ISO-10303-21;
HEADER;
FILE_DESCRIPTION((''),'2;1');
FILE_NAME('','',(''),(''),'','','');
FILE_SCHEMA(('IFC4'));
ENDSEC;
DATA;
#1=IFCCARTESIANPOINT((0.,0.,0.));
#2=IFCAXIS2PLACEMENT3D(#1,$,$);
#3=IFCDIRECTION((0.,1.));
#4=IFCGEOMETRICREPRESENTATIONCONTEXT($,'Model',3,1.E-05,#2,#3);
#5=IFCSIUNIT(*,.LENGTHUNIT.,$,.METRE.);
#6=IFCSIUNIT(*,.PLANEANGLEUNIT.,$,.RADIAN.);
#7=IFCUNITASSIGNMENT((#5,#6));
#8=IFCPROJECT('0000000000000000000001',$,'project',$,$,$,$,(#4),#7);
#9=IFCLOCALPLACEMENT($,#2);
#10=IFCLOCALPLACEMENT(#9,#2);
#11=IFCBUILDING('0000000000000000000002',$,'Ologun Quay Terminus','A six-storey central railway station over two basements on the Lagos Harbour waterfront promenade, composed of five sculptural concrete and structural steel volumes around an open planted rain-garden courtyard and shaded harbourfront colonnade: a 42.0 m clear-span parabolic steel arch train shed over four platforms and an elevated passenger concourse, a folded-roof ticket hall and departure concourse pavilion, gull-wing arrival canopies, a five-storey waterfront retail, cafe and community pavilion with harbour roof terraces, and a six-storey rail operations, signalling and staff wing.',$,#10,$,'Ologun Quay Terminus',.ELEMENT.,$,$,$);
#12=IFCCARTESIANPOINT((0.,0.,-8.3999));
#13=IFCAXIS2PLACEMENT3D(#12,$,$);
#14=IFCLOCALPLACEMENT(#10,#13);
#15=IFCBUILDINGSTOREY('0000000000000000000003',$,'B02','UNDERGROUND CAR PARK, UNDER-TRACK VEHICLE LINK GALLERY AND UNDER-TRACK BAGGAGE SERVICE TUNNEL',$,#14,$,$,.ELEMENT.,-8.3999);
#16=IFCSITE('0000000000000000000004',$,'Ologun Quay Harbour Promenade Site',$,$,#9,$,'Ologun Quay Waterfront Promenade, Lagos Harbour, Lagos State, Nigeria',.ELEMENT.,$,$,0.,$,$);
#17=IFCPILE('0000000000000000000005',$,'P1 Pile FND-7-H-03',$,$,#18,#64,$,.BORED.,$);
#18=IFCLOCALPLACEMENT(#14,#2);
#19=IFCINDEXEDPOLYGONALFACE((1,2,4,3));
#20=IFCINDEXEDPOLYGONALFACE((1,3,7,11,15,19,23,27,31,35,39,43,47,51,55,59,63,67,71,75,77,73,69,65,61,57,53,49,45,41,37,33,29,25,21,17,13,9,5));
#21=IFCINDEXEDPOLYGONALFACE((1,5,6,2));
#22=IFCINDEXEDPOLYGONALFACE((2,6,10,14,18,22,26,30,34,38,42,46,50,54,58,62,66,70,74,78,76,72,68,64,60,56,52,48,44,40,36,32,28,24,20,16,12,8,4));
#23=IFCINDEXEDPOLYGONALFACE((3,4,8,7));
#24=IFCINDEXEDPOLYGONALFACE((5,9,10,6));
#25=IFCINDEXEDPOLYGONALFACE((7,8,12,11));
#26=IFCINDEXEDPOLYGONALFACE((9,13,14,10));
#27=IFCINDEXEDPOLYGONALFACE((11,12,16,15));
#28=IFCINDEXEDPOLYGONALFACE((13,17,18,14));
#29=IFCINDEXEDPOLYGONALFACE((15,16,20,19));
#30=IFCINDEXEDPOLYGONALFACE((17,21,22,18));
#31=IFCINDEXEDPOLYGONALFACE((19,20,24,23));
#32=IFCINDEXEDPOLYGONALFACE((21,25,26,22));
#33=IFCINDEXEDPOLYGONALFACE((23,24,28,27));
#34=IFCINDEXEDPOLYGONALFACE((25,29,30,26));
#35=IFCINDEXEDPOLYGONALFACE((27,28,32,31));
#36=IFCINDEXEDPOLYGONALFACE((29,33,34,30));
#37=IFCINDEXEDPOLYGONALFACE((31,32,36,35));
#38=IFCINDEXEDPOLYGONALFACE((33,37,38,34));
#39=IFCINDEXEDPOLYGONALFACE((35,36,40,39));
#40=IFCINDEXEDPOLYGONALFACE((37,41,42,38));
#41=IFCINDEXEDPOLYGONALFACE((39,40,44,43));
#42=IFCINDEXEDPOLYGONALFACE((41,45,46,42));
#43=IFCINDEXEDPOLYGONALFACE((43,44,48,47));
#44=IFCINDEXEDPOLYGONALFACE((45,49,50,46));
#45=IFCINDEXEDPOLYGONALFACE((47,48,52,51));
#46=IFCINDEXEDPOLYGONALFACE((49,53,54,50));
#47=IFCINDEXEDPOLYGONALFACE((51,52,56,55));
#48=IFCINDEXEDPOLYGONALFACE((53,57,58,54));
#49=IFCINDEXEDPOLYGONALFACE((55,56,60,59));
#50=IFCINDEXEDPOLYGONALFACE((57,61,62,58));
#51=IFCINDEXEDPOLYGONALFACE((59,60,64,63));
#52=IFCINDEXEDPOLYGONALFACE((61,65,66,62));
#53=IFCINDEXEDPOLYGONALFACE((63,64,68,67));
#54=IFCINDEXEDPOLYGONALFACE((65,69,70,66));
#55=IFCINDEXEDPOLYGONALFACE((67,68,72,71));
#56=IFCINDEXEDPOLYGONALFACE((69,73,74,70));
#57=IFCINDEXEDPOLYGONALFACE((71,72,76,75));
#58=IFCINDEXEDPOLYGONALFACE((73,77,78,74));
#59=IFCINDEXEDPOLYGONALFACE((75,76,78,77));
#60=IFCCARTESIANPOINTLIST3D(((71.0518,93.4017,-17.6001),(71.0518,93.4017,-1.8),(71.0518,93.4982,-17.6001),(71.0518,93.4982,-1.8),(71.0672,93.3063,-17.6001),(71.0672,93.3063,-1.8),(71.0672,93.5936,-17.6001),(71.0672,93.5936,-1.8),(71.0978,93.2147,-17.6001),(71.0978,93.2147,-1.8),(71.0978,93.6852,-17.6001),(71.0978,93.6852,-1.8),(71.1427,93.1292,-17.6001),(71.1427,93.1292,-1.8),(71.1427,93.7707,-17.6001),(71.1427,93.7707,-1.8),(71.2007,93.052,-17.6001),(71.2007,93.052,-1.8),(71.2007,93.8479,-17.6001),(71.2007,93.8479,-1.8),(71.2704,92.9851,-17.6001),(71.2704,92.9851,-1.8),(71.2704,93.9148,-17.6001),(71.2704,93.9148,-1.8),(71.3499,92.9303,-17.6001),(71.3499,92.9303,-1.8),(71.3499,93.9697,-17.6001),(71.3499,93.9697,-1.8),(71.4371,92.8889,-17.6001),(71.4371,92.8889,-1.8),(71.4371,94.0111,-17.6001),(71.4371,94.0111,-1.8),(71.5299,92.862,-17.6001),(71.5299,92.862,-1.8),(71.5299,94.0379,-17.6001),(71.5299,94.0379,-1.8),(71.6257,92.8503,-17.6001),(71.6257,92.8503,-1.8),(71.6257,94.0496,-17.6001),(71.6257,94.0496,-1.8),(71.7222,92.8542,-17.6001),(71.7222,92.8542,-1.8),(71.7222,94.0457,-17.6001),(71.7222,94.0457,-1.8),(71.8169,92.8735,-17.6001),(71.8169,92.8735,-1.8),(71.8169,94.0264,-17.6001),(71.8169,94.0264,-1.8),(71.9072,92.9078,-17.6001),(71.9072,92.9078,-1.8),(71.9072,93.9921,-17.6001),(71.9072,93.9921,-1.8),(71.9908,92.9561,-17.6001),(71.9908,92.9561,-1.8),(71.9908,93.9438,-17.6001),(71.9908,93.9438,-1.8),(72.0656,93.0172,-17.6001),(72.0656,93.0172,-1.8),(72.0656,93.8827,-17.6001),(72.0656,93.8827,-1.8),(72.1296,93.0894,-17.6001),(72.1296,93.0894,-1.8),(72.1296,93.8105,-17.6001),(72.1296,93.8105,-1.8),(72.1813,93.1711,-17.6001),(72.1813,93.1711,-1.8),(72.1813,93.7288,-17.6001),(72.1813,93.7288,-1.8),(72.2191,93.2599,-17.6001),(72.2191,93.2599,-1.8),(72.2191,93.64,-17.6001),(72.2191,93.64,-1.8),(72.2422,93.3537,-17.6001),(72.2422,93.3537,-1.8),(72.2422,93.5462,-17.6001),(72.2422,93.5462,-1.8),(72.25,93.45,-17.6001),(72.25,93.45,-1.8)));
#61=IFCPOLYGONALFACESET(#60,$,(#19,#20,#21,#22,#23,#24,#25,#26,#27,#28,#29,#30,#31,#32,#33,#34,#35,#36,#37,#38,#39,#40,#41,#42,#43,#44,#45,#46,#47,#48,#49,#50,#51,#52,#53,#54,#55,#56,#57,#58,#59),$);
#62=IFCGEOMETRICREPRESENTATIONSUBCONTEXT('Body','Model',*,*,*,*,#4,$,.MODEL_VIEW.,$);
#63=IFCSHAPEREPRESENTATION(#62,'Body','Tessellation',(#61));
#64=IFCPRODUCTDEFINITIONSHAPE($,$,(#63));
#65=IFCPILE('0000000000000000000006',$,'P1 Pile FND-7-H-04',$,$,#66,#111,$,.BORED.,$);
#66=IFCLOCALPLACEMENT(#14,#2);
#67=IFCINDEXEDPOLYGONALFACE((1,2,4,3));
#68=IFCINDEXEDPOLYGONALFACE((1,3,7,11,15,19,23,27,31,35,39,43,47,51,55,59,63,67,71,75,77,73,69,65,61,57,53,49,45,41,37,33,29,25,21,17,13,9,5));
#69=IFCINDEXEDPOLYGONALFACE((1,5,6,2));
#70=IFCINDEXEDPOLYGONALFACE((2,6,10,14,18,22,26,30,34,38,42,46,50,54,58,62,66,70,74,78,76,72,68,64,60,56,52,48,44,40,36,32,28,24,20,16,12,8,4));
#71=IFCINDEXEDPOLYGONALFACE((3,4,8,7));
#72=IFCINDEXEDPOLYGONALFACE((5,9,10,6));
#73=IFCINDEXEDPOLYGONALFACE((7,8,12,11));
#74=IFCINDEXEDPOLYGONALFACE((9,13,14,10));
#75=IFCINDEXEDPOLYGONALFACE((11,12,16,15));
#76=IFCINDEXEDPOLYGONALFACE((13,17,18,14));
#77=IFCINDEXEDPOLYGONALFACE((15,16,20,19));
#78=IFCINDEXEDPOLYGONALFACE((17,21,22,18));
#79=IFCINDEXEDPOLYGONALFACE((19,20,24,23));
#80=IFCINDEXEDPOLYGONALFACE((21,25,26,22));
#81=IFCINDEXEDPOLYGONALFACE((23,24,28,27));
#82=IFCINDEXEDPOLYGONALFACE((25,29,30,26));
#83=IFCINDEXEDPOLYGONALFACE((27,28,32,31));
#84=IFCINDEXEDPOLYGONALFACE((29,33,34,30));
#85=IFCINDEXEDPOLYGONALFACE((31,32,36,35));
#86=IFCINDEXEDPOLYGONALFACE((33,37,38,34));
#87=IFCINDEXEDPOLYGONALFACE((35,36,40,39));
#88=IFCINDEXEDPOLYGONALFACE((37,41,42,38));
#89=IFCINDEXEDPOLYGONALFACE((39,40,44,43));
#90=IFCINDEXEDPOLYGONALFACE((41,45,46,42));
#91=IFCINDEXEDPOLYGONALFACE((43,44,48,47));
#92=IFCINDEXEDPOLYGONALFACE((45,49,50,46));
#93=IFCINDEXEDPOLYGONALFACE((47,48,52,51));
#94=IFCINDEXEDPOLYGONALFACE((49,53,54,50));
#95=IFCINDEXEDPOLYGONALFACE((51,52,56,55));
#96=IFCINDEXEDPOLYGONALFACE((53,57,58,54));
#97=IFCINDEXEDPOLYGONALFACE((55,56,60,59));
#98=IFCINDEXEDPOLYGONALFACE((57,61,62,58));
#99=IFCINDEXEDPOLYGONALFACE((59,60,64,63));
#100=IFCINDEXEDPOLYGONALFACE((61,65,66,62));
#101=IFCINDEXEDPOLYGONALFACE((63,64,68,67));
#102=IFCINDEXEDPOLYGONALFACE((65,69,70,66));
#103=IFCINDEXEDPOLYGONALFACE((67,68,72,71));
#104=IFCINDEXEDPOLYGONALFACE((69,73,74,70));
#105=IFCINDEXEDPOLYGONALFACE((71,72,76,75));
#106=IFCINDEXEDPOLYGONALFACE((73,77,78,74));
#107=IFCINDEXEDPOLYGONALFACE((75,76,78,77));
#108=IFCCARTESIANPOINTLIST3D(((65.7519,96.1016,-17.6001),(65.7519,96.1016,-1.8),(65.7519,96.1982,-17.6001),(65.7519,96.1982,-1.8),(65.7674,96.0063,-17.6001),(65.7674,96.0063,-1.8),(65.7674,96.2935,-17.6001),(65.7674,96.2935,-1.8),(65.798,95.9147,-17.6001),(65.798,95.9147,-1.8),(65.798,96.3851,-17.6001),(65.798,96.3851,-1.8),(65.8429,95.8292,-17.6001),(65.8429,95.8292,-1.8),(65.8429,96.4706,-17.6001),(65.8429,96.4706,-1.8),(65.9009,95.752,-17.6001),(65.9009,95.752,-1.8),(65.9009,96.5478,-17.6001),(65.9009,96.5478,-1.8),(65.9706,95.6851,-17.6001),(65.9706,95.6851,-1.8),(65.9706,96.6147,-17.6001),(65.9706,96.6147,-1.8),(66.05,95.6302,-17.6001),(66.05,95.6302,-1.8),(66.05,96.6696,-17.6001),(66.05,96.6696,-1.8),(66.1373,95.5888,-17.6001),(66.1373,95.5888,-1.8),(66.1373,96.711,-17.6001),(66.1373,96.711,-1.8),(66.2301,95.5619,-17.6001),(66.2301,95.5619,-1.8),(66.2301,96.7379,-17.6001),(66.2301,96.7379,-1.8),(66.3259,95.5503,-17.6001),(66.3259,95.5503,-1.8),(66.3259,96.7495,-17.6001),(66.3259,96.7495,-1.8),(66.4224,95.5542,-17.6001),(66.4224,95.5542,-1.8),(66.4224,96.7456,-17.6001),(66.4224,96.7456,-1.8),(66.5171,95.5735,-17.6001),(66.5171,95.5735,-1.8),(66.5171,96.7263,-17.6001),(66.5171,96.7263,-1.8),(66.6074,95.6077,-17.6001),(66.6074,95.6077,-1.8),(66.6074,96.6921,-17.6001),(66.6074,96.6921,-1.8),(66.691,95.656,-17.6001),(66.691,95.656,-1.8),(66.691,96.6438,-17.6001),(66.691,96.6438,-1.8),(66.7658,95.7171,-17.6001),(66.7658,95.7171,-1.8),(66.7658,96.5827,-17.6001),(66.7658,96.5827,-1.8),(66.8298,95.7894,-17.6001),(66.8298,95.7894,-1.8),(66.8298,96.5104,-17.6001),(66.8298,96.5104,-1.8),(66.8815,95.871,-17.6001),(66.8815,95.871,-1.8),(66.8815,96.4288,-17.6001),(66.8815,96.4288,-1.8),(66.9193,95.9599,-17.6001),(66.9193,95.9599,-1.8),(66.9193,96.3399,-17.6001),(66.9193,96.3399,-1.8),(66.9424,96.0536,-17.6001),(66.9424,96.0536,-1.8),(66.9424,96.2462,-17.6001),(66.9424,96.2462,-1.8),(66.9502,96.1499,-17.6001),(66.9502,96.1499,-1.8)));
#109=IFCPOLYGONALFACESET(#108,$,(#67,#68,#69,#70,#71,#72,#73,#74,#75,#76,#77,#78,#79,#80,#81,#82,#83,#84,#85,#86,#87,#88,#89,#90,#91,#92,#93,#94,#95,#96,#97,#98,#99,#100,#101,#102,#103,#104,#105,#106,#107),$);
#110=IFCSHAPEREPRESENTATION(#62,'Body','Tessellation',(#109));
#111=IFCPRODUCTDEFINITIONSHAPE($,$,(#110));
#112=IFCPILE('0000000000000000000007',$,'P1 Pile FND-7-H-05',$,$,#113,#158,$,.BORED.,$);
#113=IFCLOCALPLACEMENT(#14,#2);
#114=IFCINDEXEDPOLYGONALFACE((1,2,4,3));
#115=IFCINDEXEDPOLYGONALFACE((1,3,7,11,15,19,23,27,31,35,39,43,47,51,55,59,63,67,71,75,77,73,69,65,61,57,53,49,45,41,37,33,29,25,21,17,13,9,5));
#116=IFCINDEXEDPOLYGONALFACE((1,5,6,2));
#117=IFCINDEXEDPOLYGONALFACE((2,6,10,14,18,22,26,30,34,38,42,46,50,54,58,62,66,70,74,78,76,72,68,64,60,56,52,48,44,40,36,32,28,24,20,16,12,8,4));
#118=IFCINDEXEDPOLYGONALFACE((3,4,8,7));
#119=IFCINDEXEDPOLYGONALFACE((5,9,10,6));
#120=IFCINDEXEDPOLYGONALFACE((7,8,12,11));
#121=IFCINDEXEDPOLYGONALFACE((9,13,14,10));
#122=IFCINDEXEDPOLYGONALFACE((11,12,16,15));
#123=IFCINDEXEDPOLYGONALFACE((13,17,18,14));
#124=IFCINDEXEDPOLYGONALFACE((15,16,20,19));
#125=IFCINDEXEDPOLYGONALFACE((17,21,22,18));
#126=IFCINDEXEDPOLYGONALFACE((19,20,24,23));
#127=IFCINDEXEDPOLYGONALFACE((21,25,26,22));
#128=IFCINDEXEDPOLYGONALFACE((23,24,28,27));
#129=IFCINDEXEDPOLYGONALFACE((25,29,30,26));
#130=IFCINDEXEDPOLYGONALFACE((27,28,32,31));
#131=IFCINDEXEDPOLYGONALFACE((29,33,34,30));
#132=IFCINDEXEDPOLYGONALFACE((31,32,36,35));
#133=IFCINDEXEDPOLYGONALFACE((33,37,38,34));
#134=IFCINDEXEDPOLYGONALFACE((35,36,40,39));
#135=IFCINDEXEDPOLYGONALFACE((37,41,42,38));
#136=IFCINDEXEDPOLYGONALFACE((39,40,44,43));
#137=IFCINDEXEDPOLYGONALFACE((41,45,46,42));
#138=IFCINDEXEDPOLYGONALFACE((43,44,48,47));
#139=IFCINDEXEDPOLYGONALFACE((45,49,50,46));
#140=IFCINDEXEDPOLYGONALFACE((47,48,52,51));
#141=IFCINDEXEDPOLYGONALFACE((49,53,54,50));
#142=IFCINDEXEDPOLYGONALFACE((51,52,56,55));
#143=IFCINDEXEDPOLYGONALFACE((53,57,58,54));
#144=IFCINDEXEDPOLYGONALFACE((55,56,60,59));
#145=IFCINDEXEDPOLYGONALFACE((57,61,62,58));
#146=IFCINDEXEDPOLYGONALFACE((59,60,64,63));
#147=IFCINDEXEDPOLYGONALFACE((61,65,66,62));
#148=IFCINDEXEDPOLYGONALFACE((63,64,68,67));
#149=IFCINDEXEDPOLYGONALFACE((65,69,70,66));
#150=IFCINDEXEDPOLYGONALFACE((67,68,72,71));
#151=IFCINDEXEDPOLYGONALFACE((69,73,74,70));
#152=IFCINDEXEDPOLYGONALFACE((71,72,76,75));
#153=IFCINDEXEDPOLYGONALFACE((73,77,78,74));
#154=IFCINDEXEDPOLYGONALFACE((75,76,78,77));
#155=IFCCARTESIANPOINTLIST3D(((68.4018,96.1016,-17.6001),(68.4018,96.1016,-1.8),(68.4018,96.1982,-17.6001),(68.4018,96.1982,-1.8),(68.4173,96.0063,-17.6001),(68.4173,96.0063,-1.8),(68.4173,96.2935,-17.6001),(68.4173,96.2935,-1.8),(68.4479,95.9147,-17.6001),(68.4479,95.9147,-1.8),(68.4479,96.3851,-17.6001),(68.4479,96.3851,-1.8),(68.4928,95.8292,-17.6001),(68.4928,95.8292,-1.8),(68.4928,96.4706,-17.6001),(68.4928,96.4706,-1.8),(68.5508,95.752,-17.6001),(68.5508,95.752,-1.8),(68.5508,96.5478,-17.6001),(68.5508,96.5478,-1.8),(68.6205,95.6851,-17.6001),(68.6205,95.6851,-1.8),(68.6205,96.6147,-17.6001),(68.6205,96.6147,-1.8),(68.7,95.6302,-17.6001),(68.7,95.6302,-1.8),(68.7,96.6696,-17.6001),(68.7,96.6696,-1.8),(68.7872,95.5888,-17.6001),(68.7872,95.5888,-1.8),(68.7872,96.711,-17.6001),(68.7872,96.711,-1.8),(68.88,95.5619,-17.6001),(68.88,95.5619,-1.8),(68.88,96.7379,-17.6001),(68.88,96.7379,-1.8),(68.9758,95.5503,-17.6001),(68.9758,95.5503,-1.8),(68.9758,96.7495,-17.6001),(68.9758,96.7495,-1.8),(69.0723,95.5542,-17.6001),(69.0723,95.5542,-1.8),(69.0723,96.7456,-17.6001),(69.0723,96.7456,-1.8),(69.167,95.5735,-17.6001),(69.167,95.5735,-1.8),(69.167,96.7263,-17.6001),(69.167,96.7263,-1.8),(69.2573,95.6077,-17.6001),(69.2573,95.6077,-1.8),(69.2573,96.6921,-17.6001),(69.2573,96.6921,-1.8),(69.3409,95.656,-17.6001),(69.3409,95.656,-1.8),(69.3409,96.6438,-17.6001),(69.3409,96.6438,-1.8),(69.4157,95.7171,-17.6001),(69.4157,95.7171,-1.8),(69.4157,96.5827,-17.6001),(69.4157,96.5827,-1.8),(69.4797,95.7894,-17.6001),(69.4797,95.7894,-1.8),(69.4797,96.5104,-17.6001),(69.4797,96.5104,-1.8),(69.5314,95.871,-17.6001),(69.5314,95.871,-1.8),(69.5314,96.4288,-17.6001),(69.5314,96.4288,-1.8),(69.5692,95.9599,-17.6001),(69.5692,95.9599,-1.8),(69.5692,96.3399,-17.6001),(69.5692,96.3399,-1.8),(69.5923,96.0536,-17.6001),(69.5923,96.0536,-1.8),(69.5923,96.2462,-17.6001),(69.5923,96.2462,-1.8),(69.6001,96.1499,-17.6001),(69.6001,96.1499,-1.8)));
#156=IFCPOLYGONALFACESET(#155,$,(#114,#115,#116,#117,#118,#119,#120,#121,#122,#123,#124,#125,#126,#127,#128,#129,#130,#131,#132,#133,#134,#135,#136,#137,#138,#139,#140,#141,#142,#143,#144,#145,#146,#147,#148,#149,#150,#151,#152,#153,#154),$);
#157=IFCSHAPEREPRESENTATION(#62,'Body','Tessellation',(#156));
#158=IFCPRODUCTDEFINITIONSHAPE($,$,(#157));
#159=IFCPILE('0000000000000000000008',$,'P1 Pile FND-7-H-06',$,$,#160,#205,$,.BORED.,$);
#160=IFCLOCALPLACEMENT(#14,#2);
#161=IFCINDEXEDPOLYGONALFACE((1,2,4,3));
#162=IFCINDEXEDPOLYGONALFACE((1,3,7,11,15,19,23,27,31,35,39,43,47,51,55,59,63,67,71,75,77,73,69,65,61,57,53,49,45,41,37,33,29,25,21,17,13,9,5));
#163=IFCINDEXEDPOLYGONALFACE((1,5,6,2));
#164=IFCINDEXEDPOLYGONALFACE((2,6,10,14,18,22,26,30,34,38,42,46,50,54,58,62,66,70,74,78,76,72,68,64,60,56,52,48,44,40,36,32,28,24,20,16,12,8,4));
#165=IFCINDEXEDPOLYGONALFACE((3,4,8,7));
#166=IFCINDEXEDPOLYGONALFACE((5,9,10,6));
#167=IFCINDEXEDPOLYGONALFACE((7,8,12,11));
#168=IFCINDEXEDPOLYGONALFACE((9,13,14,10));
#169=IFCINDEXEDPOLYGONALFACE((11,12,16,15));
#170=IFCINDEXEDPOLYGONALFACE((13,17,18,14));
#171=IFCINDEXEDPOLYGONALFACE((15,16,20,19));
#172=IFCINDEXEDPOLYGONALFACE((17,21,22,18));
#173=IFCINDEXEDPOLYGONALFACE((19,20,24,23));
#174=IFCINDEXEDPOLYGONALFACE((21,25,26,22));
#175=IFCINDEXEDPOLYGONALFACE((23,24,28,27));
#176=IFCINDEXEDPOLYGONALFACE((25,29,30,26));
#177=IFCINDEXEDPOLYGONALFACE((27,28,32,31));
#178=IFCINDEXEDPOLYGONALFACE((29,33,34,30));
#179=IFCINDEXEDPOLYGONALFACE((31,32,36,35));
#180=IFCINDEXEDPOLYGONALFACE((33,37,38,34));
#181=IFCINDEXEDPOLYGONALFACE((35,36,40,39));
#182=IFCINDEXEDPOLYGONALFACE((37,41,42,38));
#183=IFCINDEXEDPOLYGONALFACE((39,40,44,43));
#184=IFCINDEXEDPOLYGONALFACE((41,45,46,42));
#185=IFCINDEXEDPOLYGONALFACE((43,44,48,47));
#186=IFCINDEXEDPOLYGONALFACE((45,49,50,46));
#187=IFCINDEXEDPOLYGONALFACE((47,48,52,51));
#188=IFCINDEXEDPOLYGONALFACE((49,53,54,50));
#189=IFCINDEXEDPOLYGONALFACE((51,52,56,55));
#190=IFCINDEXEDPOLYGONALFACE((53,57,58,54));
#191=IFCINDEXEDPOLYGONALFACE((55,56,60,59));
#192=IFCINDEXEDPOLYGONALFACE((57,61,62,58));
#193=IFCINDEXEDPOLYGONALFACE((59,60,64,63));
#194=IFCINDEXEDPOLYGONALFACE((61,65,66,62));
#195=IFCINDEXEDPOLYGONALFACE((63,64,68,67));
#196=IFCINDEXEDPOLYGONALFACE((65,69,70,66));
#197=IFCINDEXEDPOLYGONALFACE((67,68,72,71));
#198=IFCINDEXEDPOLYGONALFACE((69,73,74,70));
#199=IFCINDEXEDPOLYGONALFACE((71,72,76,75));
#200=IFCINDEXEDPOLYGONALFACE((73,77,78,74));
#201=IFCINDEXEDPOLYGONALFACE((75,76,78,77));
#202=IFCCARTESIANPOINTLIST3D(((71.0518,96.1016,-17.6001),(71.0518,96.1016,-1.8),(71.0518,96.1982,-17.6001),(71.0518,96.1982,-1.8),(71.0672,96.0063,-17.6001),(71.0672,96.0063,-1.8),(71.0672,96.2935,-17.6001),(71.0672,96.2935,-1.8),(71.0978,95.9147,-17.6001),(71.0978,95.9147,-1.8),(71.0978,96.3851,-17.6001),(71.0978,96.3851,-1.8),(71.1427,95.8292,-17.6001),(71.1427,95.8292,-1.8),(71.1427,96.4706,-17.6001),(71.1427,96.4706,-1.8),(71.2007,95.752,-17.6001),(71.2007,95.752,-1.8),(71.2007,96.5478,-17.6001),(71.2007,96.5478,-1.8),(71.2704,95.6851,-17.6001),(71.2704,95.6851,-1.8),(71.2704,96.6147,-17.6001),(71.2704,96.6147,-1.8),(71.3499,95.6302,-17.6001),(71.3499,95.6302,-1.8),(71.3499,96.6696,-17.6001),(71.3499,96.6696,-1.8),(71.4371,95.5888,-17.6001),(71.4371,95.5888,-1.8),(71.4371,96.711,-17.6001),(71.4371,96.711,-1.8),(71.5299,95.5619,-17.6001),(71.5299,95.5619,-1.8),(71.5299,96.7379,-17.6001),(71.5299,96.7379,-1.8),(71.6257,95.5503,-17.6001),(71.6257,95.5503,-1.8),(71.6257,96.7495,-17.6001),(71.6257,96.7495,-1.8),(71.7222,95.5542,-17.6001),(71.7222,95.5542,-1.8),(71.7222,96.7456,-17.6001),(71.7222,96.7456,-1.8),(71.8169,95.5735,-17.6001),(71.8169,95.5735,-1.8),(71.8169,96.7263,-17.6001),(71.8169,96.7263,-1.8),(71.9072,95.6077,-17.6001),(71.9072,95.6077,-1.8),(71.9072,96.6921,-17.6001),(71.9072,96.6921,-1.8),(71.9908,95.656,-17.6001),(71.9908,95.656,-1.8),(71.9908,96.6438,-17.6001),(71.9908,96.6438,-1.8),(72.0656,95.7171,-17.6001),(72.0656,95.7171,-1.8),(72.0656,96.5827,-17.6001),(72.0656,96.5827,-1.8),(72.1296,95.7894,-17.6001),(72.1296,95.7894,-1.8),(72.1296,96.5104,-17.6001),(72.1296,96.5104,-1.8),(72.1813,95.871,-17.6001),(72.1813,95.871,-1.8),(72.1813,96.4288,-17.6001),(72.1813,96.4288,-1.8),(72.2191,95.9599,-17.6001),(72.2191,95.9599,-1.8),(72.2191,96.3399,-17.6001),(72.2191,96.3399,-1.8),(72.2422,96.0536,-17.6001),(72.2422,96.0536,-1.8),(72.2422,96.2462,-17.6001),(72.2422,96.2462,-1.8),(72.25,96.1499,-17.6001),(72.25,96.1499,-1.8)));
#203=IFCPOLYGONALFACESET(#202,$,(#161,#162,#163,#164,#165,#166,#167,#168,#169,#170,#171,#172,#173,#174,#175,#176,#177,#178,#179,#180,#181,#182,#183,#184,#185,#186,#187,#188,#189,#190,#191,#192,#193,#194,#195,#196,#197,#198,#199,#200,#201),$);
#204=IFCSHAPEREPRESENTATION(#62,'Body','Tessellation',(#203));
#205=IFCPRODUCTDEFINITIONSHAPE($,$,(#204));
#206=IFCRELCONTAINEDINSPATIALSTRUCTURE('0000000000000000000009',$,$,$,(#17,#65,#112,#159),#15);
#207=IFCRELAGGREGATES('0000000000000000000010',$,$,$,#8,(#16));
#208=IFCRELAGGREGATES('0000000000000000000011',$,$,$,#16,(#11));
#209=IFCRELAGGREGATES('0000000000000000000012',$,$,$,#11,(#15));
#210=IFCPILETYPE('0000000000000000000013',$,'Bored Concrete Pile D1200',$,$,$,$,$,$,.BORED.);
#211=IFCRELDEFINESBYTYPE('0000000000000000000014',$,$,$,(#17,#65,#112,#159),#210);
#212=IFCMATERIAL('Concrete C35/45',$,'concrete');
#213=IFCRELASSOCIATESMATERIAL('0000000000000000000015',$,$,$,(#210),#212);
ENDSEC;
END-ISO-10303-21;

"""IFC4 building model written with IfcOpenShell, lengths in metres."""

from ifc_helpers import new_model, si_unit, direction, frame, origin, origin_2d, place, context, subcontext, project, spatial, circle, extrude, material, material_profile, profile_set, type_object, element, save


model = new_model("IFC4")

# Units and contexts
model_context = context("Model", 3, precision=1e-05, world=origin(), true_north=direction((0.0, 1.0)))
body_context = subcontext(model_context, "Body", "Model", "MODEL_VIEW")
ifc_project = project(units=[si_unit("LENGTHUNIT", "METRE"), si_unit("PLANEANGLEUNIT", "RADIAN")], contexts=[model_context])

# Site, building, storey
site_placement = place(None, origin())
site = spatial("IfcSite", under=ifc_project, at=site_placement, Name="Ologun Quay Harbour Promenade Site", LongName="Ologun Quay Waterfront Promenade, Lagos Harbour, Lagos State, Nigeria", CompositionType="ELEMENT", RefElevation=0.0)
building_placement = place(site_placement, origin())
building = spatial("IfcBuilding", under=site, at=building_placement, Name="Ologun Quay Terminus", Description="A six-storey central railway station over two basements on the Lagos Harbour waterfront promenade, composed of five sculptural concrete and structural steel volumes around an open planted rain-garden courtyard and shaded harbourfront colonnade: a 42.0 m clear-span parabolic steel arch train shed over four platforms and an elevated passenger concourse, a folded-roof ticket hall and departure concourse pavilion, gull-wing arrival canopies, a five-storey waterfront retail, cafe and community pavilion with harbour roof terraces, and a six-storey rail operations, signalling and staff wing.", LongName="Ologun Quay Terminus", CompositionType="ELEMENT")
storey_placement = place(building_placement, frame((0.0, 0.0, -8.3999)))
storey = spatial("IfcBuildingStorey", under=building, at=storey_placement, Name="B02", Description="UNDERGROUND CAR PARK, UNDER-TRACK VEHICLE LINK GALLERY AND UNDER-TRACK BAGGAGE SERVICE TUNNEL", CompositionType="ELEMENT", Elevation=-8.3999)

# Piles
ifc_material_1 = material(Name="Concrete C35/45", Category="concrete")
ifc_material_profile_1 = material_profile(ifc_material_1, circle(Radius=0.6001, at=origin_2d()), Name="PILE D1200")
ifc_profile_set_1 = profile_set([ifc_material_profile_1], Name="Concrete C35/45")
pile_type = type_object("IfcPileType", Name="Bored Concrete Pile D1200", PredefinedType="BORED", material=ifc_profile_set_1)
for number, where, z_axis, x_axis, name in (
    (1, (71.6499, 93.45, -1.8), (0.0, 0.0, -1.0), (1.0, 0.0, 0.0), "P1 Pile FND-7-H-03"),
    (2, (66.3501, 96.1499, -1.8), (0.0, 0.0, -1.0), (1.0, 0.0, 0.0), "P1 Pile FND-7-H-04"),
    (3, (69.0, 96.1499, -1.8), (0.0, 0.0, -1.0), (1.0, 0.0, 0.0), "P1 Pile FND-7-H-05"),
    (4, (71.6499, 96.1499, -1.8), (0.0, 0.0, -1.0), (1.0, 0.0, 0.0), "P1 Pile FND-7-H-06"),
):
    element("IfcPile", number, at=place(storey_placement, frame(where, z_axis=z_axis, x_axis=x_axis)), inside=storey, type_object=pile_type, Name=name, PredefinedType="BORED", context=body_context, shape_type="SweptSolid", body=[
        extrude(circle(Radius=0.6001, at=origin_2d()), origin(), (0.0, 0.0, 1.0), 15.8),
    ])

save(model, "model.ifc")
